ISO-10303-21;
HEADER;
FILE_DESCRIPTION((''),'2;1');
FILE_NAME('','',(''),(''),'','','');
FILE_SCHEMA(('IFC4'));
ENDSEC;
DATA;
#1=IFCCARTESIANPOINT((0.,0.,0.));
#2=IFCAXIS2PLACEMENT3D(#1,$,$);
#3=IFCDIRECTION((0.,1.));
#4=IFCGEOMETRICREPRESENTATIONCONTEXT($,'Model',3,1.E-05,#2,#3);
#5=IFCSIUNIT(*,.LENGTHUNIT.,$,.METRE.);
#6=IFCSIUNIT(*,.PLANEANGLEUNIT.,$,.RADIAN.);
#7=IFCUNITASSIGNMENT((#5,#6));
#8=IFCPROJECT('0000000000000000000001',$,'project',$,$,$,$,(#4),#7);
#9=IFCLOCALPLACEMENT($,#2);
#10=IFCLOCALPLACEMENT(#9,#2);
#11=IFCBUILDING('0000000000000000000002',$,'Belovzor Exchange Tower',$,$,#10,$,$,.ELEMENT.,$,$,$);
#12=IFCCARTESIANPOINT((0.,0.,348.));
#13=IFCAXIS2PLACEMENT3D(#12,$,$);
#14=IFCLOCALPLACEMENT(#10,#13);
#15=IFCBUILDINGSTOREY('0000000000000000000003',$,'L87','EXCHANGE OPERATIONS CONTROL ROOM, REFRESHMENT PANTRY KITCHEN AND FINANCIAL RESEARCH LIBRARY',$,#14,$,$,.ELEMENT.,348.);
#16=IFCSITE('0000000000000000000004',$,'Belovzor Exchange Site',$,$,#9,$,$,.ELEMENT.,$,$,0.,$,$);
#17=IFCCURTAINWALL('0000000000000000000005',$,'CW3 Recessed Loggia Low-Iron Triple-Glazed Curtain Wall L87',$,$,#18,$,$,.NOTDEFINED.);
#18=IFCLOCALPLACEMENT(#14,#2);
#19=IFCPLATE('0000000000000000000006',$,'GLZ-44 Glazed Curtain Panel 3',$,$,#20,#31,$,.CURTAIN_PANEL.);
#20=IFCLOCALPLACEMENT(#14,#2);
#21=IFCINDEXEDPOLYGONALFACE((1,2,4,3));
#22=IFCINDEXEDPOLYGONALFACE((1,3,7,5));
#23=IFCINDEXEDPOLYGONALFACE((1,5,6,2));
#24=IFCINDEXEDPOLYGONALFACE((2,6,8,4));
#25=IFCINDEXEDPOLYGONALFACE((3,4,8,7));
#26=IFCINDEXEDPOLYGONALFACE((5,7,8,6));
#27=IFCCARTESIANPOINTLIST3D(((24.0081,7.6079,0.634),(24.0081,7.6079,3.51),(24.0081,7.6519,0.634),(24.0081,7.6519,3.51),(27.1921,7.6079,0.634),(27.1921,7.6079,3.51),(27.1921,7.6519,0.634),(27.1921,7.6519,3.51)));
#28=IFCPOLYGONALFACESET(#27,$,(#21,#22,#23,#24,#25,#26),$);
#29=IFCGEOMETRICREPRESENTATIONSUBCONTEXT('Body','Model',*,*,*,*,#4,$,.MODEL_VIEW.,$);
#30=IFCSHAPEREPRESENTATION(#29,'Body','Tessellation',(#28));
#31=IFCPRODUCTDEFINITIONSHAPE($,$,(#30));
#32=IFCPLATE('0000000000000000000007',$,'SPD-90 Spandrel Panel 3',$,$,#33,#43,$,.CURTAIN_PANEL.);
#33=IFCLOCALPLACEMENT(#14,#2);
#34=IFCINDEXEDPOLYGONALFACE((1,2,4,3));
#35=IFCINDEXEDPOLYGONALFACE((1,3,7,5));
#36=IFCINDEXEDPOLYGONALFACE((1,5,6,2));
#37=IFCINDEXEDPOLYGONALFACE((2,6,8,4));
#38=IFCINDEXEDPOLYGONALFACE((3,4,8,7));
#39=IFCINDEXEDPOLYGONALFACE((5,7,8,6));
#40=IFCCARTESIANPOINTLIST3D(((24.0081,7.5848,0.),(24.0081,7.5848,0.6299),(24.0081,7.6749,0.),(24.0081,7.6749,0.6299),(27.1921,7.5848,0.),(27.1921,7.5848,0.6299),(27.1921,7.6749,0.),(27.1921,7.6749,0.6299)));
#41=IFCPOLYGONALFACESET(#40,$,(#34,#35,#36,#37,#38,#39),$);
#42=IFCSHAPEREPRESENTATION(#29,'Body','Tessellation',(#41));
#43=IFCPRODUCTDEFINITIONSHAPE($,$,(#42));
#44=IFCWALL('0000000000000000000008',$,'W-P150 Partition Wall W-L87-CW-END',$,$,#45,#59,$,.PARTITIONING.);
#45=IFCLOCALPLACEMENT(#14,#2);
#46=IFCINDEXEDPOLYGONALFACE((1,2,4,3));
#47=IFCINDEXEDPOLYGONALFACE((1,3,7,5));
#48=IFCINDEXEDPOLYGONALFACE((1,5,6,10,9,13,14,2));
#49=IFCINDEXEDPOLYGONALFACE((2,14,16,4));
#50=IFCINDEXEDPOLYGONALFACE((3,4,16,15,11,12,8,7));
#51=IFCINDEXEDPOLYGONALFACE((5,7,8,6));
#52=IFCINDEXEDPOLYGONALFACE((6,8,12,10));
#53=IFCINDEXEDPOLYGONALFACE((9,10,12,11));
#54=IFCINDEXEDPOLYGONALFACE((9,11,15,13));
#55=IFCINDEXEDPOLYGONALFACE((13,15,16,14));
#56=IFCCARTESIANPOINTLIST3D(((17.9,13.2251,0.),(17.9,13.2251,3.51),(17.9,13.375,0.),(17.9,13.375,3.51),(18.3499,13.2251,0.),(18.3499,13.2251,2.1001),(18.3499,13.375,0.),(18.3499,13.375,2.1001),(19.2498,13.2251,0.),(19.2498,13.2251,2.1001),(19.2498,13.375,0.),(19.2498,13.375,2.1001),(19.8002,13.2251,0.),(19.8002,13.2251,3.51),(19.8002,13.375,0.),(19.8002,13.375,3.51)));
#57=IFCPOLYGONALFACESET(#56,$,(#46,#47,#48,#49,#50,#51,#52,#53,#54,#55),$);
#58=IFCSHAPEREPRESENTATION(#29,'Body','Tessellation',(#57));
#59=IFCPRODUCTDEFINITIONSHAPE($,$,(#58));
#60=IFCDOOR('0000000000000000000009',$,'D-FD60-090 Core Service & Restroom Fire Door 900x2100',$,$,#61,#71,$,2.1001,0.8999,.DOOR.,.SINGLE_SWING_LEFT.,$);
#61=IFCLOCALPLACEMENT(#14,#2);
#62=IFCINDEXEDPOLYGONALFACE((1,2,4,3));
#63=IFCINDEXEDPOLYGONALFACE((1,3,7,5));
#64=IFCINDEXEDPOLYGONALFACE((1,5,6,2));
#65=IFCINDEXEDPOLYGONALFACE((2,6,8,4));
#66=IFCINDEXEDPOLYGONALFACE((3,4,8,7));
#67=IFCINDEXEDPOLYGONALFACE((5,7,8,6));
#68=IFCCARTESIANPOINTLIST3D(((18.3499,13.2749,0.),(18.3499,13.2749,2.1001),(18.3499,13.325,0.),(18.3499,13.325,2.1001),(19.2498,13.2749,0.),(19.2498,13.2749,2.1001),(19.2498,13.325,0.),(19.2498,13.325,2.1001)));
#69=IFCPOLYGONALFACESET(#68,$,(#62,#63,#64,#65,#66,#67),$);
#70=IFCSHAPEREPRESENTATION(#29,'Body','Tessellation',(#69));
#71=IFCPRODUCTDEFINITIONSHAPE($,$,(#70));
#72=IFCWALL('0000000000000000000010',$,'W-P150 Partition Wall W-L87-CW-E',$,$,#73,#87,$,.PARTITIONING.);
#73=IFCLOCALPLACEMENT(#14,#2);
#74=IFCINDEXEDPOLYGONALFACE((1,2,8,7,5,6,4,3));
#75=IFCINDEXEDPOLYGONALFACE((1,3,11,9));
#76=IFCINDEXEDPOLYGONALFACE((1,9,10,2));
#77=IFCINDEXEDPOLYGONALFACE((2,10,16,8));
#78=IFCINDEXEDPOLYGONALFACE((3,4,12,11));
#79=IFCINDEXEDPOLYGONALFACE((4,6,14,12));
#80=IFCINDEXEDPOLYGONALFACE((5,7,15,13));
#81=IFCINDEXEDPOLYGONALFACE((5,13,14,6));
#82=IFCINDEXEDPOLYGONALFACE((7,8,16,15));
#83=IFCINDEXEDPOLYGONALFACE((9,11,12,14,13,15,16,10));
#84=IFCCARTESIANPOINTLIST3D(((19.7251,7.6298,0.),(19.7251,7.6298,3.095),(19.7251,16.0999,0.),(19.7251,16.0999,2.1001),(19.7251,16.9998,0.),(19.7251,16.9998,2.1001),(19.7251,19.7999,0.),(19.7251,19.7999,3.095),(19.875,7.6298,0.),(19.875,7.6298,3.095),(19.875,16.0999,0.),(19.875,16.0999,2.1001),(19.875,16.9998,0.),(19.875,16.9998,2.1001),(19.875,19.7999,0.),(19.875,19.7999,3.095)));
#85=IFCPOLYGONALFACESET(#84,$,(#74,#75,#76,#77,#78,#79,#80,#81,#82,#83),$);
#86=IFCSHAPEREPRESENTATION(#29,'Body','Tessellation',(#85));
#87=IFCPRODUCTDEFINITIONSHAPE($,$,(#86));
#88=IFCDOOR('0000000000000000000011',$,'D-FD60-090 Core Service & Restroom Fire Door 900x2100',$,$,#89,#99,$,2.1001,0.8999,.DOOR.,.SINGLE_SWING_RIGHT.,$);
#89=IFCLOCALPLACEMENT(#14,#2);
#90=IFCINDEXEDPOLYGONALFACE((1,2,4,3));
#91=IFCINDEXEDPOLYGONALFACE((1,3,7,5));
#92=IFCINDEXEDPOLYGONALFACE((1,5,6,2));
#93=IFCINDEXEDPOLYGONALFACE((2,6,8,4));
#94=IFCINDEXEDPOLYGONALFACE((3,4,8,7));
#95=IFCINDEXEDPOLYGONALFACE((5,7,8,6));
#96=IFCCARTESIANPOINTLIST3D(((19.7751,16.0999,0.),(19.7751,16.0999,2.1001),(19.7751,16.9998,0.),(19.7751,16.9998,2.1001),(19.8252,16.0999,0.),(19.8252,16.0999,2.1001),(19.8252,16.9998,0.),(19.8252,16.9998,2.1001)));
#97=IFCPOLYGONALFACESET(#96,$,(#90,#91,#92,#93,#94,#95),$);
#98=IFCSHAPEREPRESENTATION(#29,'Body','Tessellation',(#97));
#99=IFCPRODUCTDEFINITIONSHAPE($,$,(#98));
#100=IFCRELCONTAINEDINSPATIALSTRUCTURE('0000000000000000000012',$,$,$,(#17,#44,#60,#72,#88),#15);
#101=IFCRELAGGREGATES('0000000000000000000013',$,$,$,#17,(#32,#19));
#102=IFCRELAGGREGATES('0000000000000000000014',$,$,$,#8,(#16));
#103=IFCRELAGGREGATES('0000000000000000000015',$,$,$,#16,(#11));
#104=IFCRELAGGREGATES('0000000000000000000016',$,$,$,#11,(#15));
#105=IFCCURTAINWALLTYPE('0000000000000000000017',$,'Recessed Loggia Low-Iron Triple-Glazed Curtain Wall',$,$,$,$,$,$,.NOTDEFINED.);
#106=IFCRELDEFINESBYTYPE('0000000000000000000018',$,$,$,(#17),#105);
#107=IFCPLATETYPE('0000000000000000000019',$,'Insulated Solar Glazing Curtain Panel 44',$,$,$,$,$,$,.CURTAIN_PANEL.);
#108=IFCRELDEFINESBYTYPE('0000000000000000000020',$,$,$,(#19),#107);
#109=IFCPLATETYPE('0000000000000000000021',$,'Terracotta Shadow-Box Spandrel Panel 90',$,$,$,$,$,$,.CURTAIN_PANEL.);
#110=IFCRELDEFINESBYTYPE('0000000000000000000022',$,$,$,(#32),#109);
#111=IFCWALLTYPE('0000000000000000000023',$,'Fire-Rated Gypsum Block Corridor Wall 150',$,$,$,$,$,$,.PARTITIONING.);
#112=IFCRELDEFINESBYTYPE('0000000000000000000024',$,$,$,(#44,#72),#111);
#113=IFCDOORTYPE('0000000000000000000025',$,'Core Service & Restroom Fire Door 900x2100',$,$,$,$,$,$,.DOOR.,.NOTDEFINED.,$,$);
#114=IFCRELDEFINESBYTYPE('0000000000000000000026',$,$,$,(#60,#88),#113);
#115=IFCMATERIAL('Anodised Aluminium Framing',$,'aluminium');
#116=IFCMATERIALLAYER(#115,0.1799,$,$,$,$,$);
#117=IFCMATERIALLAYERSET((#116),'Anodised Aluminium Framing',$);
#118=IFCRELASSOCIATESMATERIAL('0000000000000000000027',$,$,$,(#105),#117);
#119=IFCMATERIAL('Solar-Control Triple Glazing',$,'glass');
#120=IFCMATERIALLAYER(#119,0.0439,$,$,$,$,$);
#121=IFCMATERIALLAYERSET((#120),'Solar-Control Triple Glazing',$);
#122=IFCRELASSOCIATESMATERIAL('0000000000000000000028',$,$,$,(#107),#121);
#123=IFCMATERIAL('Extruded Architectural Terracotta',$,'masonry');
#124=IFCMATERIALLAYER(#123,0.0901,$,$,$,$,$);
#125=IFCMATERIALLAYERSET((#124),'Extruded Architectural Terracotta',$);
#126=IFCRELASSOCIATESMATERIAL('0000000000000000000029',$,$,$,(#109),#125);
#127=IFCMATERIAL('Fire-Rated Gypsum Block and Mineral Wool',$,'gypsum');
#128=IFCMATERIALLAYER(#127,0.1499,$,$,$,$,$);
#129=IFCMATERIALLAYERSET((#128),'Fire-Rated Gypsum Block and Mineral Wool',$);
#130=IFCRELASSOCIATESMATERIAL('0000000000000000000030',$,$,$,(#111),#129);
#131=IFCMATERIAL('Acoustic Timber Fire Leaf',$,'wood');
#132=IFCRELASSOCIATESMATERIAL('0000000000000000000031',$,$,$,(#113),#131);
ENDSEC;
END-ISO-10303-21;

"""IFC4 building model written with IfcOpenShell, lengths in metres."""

from ifc_helpers import new_model, si_unit, direction, frame, frame_2d, origin, origin_2d, place, context, subcontext, project, spatial, rectangle, extrude, material, layer, layer_set, type_object, element, fill, aggregate, save


model = new_model("IFC4")

# Units and contexts
model_context = context("Model", 3, precision=1e-05, world=origin(), true_north=direction((0.0, 1.0)))
body_context = subcontext(model_context, "Body", "Model", "MODEL_VIEW")
ifc_project = project(units=[si_unit("LENGTHUNIT", "METRE"), si_unit("PLANEANGLEUNIT", "RADIAN")], contexts=[model_context])

# Site, building, storey
site_placement = place(None, origin())
site = spatial("IfcSite", under=ifc_project, at=site_placement, Name="Belovzor Exchange Site", CompositionType="ELEMENT", RefElevation=0.0)
building_placement = place(site_placement, origin())
building = spatial("IfcBuilding", under=site, at=building_placement, Name="Belovzor Exchange Tower", CompositionType="ELEMENT")
storey_placement = place(building_placement, frame((0.0, 0.0, 348.0)))
storey = spatial("IfcBuildingStorey", under=building, at=storey_placement, Name="L87", Description="EXCHANGE OPERATIONS CONTROL ROOM, REFRESHMENT PANTRY KITCHEN AND FINANCIAL RESEARCH LIBRARY", CompositionType="ELEMENT", Elevation=348.0)

# Curtain wall
ifc_material_1 = material(Name="Anodised Aluminium Framing", Category="aluminium")
ifc_layer_1 = layer(ifc_material_1, 0.1799)
ifc_layer_set_1 = layer_set([ifc_layer_1], Name="Anodised Aluminium Framing")
curtain_wall_type = type_object("IfcCurtainWallType", Name="Recessed Loggia Low-Iron Triple-Glazed Curtain Wall", PredefinedType="NOTDEFINED", material=ifc_layer_set_1)
curtain_wall_placement = place(storey_placement, origin())
curtain_wall = element("IfcCurtainWall", 1, at=curtain_wall_placement, inside=storey, type_object=curtain_wall_type, Name="CW3 Recessed Loggia Low-Iron Triple-Glazed Curtain Wall L87", PredefinedType="NOTDEFINED")

# Plates
ifc_material_2 = material(Name="Solar-Control Triple Glazing", Category="glass")
ifc_layer_2 = layer(ifc_material_2, 0.0439)
ifc_layer_set_2 = layer_set([ifc_layer_2], Name="Solar-Control Triple Glazing")
plate_type_1 = type_object("IfcPlateType", Name="Insulated Solar Glazing Curtain Panel 44", PredefinedType="CURTAIN_PANEL", material=ifc_layer_set_2)
plate_1_placement = place(storey_placement, frame((25.6001, 7.6299, 0.634), z_axis=(0.0, 0.0, 1.0), x_axis=(-1.0, 0.0, 0.0)))
plate_1 = element("IfcPlate", 2, at=plate_1_placement, type_object=plate_type_1, Name="GLZ-44 Glazed Curtain Panel 3", PredefinedType="CURTAIN_PANEL", context=body_context, shape_type="SweptSolid", body=[
    extrude(rectangle(XDim=3.1841, YDim=0.0439, at=origin_2d()), origin(), (0.0, 0.0, 1.0), 2.876),
])
ifc_material_3 = material(Name="Extruded Architectural Terracotta", Category="masonry")
ifc_layer_3 = layer(ifc_material_3, 0.0901)
ifc_layer_set_3 = layer_set([ifc_layer_3], Name="Extruded Architectural Terracotta")
plate_type_2 = type_object("IfcPlateType", Name="Terracotta Shadow-Box Spandrel Panel 90", PredefinedType="CURTAIN_PANEL", material=ifc_layer_set_3)
plate_2_placement = place(storey_placement, frame((25.6001, 7.6299, 0.0), z_axis=(0.0, 0.0, 1.0), x_axis=(-1.0, 0.0, 0.0)))
plate_2 = element("IfcPlate", 3, at=plate_2_placement, type_object=plate_type_2, Name="SPD-90 Spandrel Panel 3", PredefinedType="CURTAIN_PANEL", context=body_context, shape_type="SweptSolid", body=[
    extrude(rectangle(XDim=3.1841, YDim=0.0901, at=origin_2d()), origin(), (0.0, 0.0, 1.0), 0.6299),
])
aggregate(curtain_wall, [plate_2, plate_1])

# Walls, openings, doors
ifc_material_4 = material(Name="Fire-Rated Gypsum Block and Mineral Wool", Category="gypsum")
ifc_layer_4 = layer(ifc_material_4, 0.1499)
ifc_layer_set_4 = layer_set([ifc_layer_4], Name="Fire-Rated Gypsum Block and Mineral Wool")
wall_type_1 = type_object("IfcWallType", Name="Fire-Rated Gypsum Block Corridor Wall 150", PredefinedType="PARTITIONING", material=ifc_layer_set_4)
wall_1_placement = place(storey_placement, frame((17.8999, 13.3, 0.0), z_axis=(0.0, 0.0, 1.0), x_axis=(1.0, 0.0, 0.0)))
wall_1 = element("IfcWall", 4, at=wall_1_placement, inside=storey, type_object=wall_type_1, Name="W-P150 Partition Wall W-L87-CW-END", PredefinedType="PARTITIONING", context=body_context, shape_type="SweptSolid", body=[
    extrude(rectangle(XDim=1.9001, YDim=0.1499, at=frame_2d((0.9502, 0.0))), origin(), (0.0, 0.0, 1.0), 3.51),
])
opening_1_placement = place(wall_1_placement, frame((0.45, 0.0, 0.0)))
opening_1 = element("IfcOpeningElement", 5, at=opening_1_placement, cuts=wall_1, PredefinedType="OPENING", context=body_context, shape_type="SweptSolid", body=[
    extrude(rectangle(XDim=0.8999, YDim=2.1001, at=frame_2d((0.45, 1.05))), frame((0.0, 0.085, 0.0), z_axis=(0.0, -1.0, 0.0), x_axis=(1.0, 0.0, 0.0)), (0.0, 0.0, 1.0), 0.1699),
])
ifc_material_5 = material(Name="Acoustic Timber Fire Leaf", Category="wood")
door_type_1 = type_object("IfcDoorType", Name="Core Service & Restroom Fire Door 900x2100", OperationType="NOTDEFINED", PredefinedType="DOOR", material=ifc_material_5)
door_1_placement = place(opening_1_placement, origin())
door_1 = element("IfcDoor", 6, at=door_1_placement, inside=storey, type_object=door_type_1, Name="D-FD60-090 Core Service & Restroom Fire Door 900x2100", OperationType="SINGLE_SWING_LEFT", OverallHeight=2.1001, OverallWidth=0.8999, PredefinedType="DOOR", context=body_context, shape_type="SweptSolid", body=[
    extrude(rectangle(XDim=0.8999, YDim=2.1001, at=frame_2d((0.45, 1.05))), frame((0.0, 0.0249, 0.0), z_axis=(0.0, -1.0, 0.0), x_axis=(1.0, 0.0, 0.0)), (0.0, 0.0, 1.0), 0.05),
])
fill(opening_1, door_1)
wall_2_placement = place(storey_placement, frame((19.8, 7.6299, 0.0), z_axis=(0.0, 0.0, 1.0), x_axis=(0.0, 1.0, 0.0)))
wall_2 = element("IfcWall", 7, at=wall_2_placement, inside=storey, type_object=wall_type_1, Name="W-P150 Partition Wall W-L87-CW-E", PredefinedType="PARTITIONING", context=body_context, shape_type="SweptSolid", body=[
    extrude(rectangle(XDim=12.1702, YDim=0.1499, at=frame_2d((6.085, 0.0))), origin(), (0.0, 0.0, 1.0), 3.095),
])
opening_2_placement = place(wall_2_placement, frame((8.47, 0.0, 0.0)))
opening_2 = element("IfcOpeningElement", 8, at=opening_2_placement, cuts=wall_2, PredefinedType="OPENING", context=body_context, shape_type="SweptSolid", body=[
    extrude(rectangle(XDim=0.8999, YDim=2.1001, at=frame_2d((0.45, 1.05))), frame((0.0, 0.085, 0.0), z_axis=(0.0, -1.0, 0.0), x_axis=(1.0, 0.0, 0.0)), (0.0, 0.0, 1.0), 0.1699),
])
door_2_placement = place(opening_2_placement, origin())
door_2 = element("IfcDoor", 9, at=door_2_placement, inside=storey, type_object=door_type_1, Name="D-FD60-090 Core Service & Restroom Fire Door 900x2100", OperationType="SINGLE_SWING_RIGHT", OverallHeight=2.1001, OverallWidth=0.8999, PredefinedType="DOOR", context=body_context, shape_type="SweptSolid", body=[
    extrude(rectangle(XDim=0.8999, YDim=2.1001, at=frame_2d((0.45, 1.05))), frame((0.0, 0.0249, 0.0), z_axis=(0.0, -1.0, 0.0), x_axis=(1.0, 0.0, 0.0)), (0.0, 0.0, 1.0), 0.05),
])
fill(opening_2, door_2)

save(model, "model.ifc")
